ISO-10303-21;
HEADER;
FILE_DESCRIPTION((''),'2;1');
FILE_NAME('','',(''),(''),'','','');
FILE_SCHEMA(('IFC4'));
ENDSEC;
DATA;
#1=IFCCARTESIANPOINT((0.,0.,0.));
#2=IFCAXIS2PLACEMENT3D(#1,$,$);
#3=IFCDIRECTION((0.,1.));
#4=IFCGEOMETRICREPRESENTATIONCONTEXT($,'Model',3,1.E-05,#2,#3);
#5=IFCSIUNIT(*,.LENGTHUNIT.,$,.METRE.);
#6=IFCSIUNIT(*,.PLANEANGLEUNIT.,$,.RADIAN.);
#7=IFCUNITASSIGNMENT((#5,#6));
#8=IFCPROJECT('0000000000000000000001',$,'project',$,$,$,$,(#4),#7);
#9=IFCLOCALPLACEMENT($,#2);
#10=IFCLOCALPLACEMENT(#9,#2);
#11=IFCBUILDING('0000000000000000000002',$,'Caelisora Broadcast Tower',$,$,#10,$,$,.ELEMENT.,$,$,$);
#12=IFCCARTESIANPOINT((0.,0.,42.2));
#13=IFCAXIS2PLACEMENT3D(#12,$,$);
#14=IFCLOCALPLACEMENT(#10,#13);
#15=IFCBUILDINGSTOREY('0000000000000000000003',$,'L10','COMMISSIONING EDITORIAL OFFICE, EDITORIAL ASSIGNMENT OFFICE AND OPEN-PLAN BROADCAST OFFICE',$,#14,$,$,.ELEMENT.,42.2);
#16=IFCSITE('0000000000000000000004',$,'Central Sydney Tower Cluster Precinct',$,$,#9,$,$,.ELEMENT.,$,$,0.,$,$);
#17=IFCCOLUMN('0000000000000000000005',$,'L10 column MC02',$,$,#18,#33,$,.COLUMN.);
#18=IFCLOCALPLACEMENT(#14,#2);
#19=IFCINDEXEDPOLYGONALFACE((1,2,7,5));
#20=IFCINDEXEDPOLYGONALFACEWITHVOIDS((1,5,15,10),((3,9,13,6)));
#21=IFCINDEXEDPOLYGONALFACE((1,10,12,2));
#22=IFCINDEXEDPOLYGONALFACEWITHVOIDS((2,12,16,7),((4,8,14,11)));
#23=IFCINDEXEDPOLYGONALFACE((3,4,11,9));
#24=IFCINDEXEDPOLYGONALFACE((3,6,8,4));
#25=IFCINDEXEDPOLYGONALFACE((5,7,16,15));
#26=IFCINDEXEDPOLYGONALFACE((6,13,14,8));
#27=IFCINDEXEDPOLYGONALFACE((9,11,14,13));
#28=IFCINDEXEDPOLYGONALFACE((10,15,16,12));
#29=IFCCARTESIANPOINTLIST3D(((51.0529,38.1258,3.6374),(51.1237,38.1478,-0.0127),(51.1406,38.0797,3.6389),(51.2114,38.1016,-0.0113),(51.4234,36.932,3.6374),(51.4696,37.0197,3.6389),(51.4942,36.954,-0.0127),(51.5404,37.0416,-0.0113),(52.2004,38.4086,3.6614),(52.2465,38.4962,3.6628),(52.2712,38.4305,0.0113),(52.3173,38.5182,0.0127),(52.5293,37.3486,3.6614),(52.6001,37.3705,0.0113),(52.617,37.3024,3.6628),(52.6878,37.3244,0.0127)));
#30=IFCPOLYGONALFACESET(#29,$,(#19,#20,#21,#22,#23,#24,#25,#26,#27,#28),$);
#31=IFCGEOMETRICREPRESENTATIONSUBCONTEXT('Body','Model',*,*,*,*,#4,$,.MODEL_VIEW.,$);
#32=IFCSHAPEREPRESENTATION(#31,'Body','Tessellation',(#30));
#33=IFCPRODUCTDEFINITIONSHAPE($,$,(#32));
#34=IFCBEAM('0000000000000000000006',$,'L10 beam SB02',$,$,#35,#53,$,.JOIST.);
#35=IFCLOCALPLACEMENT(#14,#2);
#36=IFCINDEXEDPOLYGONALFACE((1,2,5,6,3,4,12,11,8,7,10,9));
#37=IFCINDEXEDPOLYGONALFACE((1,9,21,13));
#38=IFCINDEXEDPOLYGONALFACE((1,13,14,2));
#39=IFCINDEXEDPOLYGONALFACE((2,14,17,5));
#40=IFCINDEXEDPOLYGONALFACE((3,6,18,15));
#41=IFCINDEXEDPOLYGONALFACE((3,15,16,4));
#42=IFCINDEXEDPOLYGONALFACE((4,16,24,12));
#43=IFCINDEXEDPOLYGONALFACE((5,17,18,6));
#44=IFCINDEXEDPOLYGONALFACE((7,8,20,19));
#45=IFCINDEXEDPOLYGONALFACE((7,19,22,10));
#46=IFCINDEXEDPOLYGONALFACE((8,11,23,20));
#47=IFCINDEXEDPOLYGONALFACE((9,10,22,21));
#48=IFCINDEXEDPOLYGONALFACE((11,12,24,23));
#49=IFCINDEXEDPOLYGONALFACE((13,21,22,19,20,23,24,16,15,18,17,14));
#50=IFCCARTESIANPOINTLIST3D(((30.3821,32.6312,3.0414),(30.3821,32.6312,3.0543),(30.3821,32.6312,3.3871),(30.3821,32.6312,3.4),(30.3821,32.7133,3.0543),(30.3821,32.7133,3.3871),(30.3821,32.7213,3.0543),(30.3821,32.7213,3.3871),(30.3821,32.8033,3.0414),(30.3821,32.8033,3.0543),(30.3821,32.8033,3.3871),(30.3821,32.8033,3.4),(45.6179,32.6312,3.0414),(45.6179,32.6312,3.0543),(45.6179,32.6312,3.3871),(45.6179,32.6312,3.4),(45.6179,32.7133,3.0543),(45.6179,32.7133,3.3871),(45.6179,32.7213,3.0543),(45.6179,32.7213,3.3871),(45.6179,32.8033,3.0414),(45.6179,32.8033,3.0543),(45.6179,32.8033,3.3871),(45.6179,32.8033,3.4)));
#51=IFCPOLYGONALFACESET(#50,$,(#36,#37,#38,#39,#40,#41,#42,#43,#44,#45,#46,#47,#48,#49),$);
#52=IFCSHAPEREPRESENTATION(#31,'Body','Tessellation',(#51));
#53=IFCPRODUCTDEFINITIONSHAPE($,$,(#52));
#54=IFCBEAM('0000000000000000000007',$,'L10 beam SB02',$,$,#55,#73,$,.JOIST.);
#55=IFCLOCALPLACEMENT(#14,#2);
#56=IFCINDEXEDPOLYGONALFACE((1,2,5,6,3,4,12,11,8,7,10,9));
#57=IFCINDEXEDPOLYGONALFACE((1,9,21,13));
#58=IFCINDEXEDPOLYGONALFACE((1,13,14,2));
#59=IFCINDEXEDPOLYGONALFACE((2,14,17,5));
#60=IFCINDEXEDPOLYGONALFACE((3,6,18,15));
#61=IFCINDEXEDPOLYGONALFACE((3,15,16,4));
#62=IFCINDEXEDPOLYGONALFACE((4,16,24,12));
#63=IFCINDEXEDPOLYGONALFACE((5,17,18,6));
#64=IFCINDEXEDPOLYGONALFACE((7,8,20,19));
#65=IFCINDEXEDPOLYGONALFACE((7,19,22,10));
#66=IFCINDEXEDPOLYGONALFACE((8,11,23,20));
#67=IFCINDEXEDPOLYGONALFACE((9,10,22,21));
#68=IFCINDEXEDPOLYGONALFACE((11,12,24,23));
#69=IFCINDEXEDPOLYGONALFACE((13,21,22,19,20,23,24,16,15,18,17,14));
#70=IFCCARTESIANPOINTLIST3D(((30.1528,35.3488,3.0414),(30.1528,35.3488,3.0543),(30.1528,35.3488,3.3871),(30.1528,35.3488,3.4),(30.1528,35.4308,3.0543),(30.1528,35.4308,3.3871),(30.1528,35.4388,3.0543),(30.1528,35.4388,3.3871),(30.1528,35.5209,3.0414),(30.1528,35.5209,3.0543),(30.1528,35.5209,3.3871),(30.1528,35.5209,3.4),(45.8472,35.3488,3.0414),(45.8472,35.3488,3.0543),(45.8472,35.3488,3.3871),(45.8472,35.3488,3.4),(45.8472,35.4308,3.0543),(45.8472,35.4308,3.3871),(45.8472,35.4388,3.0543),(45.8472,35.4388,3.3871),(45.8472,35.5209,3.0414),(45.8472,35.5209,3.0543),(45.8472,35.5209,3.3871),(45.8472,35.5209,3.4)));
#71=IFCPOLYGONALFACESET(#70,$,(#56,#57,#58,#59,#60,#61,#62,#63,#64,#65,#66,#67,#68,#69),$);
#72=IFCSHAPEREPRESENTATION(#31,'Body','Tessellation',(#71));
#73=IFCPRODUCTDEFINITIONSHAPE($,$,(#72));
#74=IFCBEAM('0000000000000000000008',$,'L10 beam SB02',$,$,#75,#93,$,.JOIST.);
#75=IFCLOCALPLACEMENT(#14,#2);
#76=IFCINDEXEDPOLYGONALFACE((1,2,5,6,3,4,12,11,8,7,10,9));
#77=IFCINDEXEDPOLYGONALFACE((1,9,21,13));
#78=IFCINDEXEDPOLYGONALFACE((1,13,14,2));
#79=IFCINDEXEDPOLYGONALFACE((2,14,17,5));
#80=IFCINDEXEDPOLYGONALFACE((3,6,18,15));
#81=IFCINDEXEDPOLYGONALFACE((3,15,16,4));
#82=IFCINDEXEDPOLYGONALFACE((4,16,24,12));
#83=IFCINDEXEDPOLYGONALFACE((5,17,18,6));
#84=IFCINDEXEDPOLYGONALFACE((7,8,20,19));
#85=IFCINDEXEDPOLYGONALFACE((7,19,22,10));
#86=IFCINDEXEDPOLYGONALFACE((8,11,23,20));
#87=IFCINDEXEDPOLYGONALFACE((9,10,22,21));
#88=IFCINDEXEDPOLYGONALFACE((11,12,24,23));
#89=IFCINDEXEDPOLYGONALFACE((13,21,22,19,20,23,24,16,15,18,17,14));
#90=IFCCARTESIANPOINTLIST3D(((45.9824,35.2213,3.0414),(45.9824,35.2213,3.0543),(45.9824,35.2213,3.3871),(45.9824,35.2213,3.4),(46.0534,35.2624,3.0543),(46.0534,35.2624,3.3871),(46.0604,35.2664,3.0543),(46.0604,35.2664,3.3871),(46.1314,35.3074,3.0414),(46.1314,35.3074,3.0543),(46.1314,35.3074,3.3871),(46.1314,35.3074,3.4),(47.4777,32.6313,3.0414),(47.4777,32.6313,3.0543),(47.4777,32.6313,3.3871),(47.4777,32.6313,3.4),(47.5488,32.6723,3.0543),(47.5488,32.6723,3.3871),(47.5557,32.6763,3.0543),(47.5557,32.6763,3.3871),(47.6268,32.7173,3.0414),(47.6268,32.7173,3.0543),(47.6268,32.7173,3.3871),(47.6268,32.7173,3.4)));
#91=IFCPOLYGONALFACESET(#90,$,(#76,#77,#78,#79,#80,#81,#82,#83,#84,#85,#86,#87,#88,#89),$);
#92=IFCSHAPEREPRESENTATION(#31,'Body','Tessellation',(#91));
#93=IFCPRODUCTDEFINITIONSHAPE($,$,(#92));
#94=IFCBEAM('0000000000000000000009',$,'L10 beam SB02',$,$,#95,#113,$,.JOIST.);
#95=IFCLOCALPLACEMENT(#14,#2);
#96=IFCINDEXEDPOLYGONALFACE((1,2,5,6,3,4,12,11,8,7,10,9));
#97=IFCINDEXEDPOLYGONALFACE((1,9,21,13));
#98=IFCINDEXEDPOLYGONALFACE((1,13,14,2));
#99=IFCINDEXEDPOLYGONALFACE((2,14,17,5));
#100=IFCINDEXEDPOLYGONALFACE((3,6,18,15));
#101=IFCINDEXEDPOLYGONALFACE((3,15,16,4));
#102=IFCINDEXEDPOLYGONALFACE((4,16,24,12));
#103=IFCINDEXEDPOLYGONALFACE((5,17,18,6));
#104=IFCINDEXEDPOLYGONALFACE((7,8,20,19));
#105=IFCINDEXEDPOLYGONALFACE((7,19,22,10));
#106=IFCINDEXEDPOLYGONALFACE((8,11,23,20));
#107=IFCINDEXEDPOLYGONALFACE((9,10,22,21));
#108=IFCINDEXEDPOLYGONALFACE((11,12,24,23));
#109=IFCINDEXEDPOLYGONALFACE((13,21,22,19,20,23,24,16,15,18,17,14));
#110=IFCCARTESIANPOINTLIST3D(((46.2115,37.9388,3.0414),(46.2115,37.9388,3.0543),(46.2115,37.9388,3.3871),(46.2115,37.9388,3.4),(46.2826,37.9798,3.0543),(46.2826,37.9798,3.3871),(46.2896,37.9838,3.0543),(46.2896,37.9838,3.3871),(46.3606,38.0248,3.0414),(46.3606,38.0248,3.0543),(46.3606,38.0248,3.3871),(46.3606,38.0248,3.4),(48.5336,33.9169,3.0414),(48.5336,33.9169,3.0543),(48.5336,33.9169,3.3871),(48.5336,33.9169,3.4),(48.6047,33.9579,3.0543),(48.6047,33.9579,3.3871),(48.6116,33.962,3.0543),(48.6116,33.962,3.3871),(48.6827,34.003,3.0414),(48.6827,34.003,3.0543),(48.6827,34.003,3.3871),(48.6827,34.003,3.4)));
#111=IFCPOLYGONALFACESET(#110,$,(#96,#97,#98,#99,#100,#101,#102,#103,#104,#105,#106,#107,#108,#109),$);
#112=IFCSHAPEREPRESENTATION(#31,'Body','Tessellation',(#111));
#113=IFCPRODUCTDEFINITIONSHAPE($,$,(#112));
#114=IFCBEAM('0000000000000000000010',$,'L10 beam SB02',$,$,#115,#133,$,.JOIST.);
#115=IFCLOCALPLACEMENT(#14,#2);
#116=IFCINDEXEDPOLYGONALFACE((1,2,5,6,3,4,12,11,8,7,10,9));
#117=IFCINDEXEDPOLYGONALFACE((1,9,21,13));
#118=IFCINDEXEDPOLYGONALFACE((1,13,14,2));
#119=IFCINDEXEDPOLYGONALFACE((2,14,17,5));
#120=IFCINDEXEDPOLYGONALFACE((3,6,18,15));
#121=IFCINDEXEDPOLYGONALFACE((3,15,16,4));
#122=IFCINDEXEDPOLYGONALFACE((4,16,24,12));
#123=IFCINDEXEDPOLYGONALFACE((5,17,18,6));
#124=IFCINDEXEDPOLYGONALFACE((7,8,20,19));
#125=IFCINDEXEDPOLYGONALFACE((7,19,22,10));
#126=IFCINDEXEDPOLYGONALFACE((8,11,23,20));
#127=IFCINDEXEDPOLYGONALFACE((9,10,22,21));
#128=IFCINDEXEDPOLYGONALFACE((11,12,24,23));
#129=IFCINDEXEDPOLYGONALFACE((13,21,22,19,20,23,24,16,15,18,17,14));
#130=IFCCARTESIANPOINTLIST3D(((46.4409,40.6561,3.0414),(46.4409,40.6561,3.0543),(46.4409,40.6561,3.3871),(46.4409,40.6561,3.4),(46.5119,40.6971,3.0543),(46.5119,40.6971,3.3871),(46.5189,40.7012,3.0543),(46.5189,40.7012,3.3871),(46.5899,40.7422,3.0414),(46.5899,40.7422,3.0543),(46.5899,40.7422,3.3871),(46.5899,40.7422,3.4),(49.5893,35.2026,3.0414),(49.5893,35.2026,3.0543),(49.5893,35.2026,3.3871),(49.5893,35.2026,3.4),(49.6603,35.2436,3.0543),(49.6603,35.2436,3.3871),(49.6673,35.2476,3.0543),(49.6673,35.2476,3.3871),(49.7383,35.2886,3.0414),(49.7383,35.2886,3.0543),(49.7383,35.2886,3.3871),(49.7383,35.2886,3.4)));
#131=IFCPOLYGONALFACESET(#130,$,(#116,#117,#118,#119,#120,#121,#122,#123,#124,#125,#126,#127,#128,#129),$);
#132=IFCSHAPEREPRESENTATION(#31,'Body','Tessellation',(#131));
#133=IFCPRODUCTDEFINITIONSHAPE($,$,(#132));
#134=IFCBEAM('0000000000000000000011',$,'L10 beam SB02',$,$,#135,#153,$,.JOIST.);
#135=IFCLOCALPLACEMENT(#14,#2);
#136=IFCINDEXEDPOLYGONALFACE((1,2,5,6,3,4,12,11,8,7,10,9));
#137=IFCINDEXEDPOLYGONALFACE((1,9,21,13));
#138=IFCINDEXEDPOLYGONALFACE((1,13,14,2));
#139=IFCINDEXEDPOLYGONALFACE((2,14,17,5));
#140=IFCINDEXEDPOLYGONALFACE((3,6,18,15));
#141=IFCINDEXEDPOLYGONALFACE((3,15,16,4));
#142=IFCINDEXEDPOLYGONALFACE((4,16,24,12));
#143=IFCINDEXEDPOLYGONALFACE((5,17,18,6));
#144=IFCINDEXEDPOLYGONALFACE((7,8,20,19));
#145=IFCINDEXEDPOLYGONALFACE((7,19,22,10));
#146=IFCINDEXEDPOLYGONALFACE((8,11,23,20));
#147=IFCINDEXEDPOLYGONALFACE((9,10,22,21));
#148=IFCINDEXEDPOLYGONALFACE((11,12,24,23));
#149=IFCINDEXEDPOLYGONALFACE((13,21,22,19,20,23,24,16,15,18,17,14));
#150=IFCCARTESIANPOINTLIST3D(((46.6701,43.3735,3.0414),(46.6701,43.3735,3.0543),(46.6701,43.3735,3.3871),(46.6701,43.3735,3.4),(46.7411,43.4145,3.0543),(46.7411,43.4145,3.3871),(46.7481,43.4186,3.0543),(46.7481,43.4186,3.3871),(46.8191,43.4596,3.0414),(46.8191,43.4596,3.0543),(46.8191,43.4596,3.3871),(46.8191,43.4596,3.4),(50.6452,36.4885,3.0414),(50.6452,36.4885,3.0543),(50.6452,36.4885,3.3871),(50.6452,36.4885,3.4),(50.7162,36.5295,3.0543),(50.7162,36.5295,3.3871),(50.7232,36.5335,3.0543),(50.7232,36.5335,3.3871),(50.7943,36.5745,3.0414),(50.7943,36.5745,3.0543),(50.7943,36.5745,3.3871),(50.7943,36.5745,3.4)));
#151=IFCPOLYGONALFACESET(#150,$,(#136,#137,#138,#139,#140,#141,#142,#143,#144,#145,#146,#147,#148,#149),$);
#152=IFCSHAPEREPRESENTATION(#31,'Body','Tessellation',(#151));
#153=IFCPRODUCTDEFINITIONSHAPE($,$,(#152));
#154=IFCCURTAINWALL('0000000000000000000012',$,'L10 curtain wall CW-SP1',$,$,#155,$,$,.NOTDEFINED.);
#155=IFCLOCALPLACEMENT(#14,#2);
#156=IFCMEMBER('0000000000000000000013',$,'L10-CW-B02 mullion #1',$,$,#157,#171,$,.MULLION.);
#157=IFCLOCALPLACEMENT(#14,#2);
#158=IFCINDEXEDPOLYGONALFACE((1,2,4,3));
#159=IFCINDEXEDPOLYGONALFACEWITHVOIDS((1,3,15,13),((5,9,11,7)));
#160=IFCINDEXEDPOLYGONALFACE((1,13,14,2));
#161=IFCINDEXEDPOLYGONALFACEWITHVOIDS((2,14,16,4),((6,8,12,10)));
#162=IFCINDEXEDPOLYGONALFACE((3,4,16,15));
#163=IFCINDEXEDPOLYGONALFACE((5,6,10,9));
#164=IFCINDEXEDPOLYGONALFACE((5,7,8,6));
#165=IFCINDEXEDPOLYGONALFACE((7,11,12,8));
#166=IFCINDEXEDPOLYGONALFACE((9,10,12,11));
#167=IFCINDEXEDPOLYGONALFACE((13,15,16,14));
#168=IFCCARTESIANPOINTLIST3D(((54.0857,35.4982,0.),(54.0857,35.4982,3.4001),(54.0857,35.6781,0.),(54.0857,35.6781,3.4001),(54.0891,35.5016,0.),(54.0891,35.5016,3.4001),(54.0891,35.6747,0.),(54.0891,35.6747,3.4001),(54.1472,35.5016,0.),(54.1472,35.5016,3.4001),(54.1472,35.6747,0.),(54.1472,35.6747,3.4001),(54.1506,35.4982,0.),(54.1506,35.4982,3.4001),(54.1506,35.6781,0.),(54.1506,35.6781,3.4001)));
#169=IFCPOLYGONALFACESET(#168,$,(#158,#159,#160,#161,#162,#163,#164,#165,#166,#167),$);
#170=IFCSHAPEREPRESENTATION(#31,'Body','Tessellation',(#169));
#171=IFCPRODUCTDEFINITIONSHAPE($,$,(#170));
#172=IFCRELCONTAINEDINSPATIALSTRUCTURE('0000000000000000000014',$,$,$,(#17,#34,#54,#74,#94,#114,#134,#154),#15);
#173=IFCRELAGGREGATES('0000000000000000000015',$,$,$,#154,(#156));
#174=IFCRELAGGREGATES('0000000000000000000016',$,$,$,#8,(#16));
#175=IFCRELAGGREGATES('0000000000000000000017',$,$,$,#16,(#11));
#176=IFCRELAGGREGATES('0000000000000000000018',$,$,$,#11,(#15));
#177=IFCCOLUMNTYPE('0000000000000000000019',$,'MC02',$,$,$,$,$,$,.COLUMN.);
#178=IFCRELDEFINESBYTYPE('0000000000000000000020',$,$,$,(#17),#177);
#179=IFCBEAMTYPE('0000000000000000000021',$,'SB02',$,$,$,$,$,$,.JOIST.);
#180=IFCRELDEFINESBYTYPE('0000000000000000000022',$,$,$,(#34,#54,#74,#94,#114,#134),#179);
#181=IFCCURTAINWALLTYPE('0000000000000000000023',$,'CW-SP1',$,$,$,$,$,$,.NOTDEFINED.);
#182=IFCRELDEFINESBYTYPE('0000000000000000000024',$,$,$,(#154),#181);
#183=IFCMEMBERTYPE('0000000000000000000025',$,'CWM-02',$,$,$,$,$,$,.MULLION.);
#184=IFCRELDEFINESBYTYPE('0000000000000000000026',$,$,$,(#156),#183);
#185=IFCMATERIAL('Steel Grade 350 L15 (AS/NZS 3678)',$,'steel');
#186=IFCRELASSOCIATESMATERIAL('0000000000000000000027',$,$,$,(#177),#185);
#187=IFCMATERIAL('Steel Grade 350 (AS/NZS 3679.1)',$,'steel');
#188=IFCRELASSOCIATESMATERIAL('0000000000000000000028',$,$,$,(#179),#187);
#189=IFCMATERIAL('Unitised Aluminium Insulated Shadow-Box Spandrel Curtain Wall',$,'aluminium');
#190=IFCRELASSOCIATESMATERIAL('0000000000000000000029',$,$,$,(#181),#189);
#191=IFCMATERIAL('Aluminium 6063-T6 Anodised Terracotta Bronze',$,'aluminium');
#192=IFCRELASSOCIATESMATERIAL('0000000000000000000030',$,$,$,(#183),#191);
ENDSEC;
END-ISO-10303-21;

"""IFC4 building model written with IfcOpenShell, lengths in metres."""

from ifc_helpers import new_model, si_unit, direction, frame, origin, origin_2d, place, context, subcontext, project, spatial, hollow_rectangle, i_section, extrude, source, transform, mapped, material, material_profile, profile_set, type_object, type_shapes, element, aggregate, save


model = new_model("IFC4")

# Units and contexts
model_context = context("Model", 3, precision=1e-05, world=origin(), true_north=direction((0.0, 1.0)))
body_context = subcontext(model_context, "Body", "Model", "MODEL_VIEW")
ifc_project = project(units=[si_unit("LENGTHUNIT", "METRE"), si_unit("PLANEANGLEUNIT", "RADIAN")], contexts=[model_context])

# Site, building, storey
site_placement = place(None, origin())
site = spatial("IfcSite", under=ifc_project, at=site_placement, Name="Central Sydney Tower Cluster Precinct", CompositionType="ELEMENT", RefElevation=0.0)
building_placement = place(site_placement, origin())
building = spatial("IfcBuilding", under=site, at=building_placement, Name="Caelisora Broadcast Tower", CompositionType="ELEMENT")
storey_placement = place(building_placement, frame((0.0, 0.0, 42.2)))
storey = spatial("IfcBuildingStorey", under=building, at=storey_placement, Name="L10", Description="COMMISSIONING EDITORIAL OFFICE, EDITORIAL ASSIGNMENT OFFICE AND OPEN-PLAN BROADCAST OFFICE", CompositionType="ELEMENT", Elevation=42.2)

# Column
ifc_material_1 = material(Name="Steel Grade 350 L15 (AS/NZS 3678)", Category="steel")
ifc_material_profile_1 = material_profile(ifc_material_1, hollow_rectangle(XDim=1.25, YDim=1.25, WallThickness=0.0701, at=origin_2d()), Name="Steel Grade 350 L15 (AS/NZS 3678)")
ifc_profile_set_1 = profile_set([ifc_material_profile_1], Name="Steel Grade 350 L15 (AS/NZS 3678)")
column_type = type_object("IfcColumnType", Name="MC02", PredefinedType="COLUMN", material=ifc_profile_set_1)
shared_shape_1 = source(origin(), body_context, "Body", "SweptSolid", [
    extrude(hollow_rectangle(XDim=1.25, YDim=1.25, WallThickness=0.0701, at=origin_2d()), origin(), (0.0, 0.0, 1.0), 3.6509),
])
type_shapes(column_type, [shared_shape_1])
column_placement = place(storey_placement, frame((51.9058, 37.7361, 0.0), z_axis=(-0.019393, -0.006018, 0.999794), x_axis=(0.296399, -0.955064, 0.0)))
element("IfcColumn", 1, at=column_placement, inside=storey, type_object=column_type, Name="L10 column MC02", PredefinedType="COLUMN", context=body_context, shape_type="MappedRepresentation", body=[
    mapped(shared_shape_1, transform((0.0, 0.0, 0.0), scale=1.0)),
])

# Beams
ifc_material_2 = material(Name="Steel Grade 350 (AS/NZS 3679.1)", Category="steel")
ifc_material_profile_2 = material_profile(ifc_material_2, i_section(OverallWidth=0.1721, OverallDepth=0.3586, WebThickness=0.0081, FlangeThickness=0.0129, at=origin_2d()), Name="Steel Grade 350 (AS/NZS 3679.1)")
ifc_profile_set_2 = profile_set([ifc_material_profile_2], Name="Steel Grade 350 (AS/NZS 3679.1)")
beam_type = type_object("IfcBeamType", Name="SB02", PredefinedType="JOIST", material=ifc_profile_set_2)
shared_shape_2 = source(origin(), body_context, "Body", "SweptSolid", [
    extrude(i_section(OverallWidth=0.1721, OverallDepth=0.3586, WebThickness=0.0081, FlangeThickness=0.0129, at=origin_2d()), origin(), (0.0, 0.0, 1.0), 15.2358),
])
beam_1_placement = place(storey_placement, frame((45.6179, 32.7173, 3.2207), z_axis=(-1.0, 0.0, 0.0), x_axis=(0.0, -1.0, 0.0)))
element("IfcBeam", 2, at=beam_1_placement, inside=storey, type_object=beam_type, Name="L10 beam SB02", PredefinedType="JOIST", context=body_context, shape_type="MappedRepresentation", body=[
    mapped(shared_shape_2, transform((0.0, 0.0, 0.0), scale=1.0)),
])
shared_shape_3 = source(origin(), body_context, "Body", "SweptSolid", [
    extrude(i_section(OverallWidth=0.1721, OverallDepth=0.3586, WebThickness=0.0081, FlangeThickness=0.0129, at=origin_2d()), origin(), (0.0, 0.0, 1.0), 15.6943),
])
beam_2_placement = place(storey_placement, frame((45.8472, 35.4348, 3.2207), z_axis=(-1.0, 0.0, 0.0), x_axis=(0.0, -1.0, 0.0)))
element("IfcBeam", 3, at=beam_2_placement, inside=storey, type_object=beam_type, Name="L10 beam SB02", PredefinedType="JOIST", context=body_context, shape_type="MappedRepresentation", body=[
    mapped(shared_shape_3, transform((0.0, 0.0, 0.0), scale=1.0)),
])
shared_shape_4 = source(origin(), body_context, "Body", "SweptSolid", [
    extrude(i_section(OverallWidth=0.1721, OverallDepth=0.3586, WebThickness=0.0081, FlangeThickness=0.0129, at=origin_2d()), origin(), (0.0, 0.0, 1.0), 2.9907),
])
beam_3_placement = place(storey_placement, frame((47.5522, 32.6743, 3.2207), z_axis=(-0.499993, 0.866029, 0.0), x_axis=(-0.866029, -0.499993, 0.0)))
element("IfcBeam", 4, at=beam_3_placement, inside=storey, type_object=beam_type, Name="L10 beam SB02", PredefinedType="JOIST", context=body_context, shape_type="MappedRepresentation", body=[
    mapped(shared_shape_4, transform((0.0, 0.0, 0.0), scale=1.0)),
])
shared_shape_5 = source(origin(), body_context, "Body", "SweptSolid", [
    extrude(i_section(OverallWidth=0.1721, OverallDepth=0.3586, WebThickness=0.0081, FlangeThickness=0.0129, at=origin_2d()), origin(), (0.0, 0.0, 1.0), 4.644),
])
beam_4_placement = place(storey_placement, frame((48.6082, 33.96, 3.2207), z_axis=(-0.500012, 0.866018, 0.0), x_axis=(-0.866018, -0.500012, 0.0)))
element("IfcBeam", 5, at=beam_4_placement, inside=storey, type_object=beam_type, Name="L10 beam SB02", PredefinedType="JOIST", context=body_context, shape_type="MappedRepresentation", body=[
    mapped(shared_shape_5, transform((0.0, 0.0, 0.0), scale=1.0)),
])
shared_shape_6 = source(origin(), body_context, "Body", "SweptSolid", [
    extrude(i_section(OverallWidth=0.1721, OverallDepth=0.3586, WebThickness=0.0081, FlangeThickness=0.0129, at=origin_2d()), origin(), (0.0, 0.0, 1.0), 6.2971),
])
beam_5_placement = place(storey_placement, frame((49.6638, 35.2456, 3.2207), z_axis=(-0.499975, 0.86604, 0.0), x_axis=(-0.86604, -0.499975, 0.0)))
element("IfcBeam", 6, at=beam_5_placement, inside=storey, type_object=beam_type, Name="L10 beam SB02", PredefinedType="JOIST", context=body_context, shape_type="MappedRepresentation", body=[
    mapped(shared_shape_6, transform((0.0, 0.0, 0.0), scale=1.0)),
])
shared_shape_7 = source(origin(), body_context, "Body", "SweptSolid", [
    extrude(i_section(OverallWidth=0.1721, OverallDepth=0.3586, WebThickness=0.0081, FlangeThickness=0.0129, at=origin_2d()), origin(), (0.0, 0.0, 1.0), 7.9502),
])
type_shapes(beam_type, [shared_shape_2, shared_shape_3, shared_shape_4, shared_shape_5, shared_shape_6, shared_shape_7])
beam_6_placement = place(storey_placement, frame((50.7197, 36.5315, 3.2207), z_axis=(-0.500003, 0.866023, 0.0), x_axis=(-0.866023, -0.500003, 0.0)))
element("IfcBeam", 7, at=beam_6_placement, inside=storey, type_object=beam_type, Name="L10 beam SB02", PredefinedType="JOIST", context=body_context, shape_type="MappedRepresentation", body=[
    mapped(shared_shape_7, transform((0.0, 0.0, 0.0), scale=1.0)),
])

# Curtain wall, member
ifc_material_3 = material(Name="Unitised Aluminium Insulated Shadow-Box Spandrel Curtain Wall", Category="aluminium")
curtain_wall_type = type_object("IfcCurtainWallType", Name="CW-SP1", PredefinedType="NOTDEFINED", material=ifc_material_3)
curtain_wall_placement = place(storey_placement, origin())
curtain_wall = element("IfcCurtainWall", 8, at=curtain_wall_placement, inside=storey, type_object=curtain_wall_type, Name="L10 curtain wall CW-SP1", PredefinedType="NOTDEFINED")
ifc_material_4 = material(Name="Aluminium 6063-T6 Anodised Terracotta Bronze", Category="aluminium")
ifc_material_profile_3 = material_profile(ifc_material_4, hollow_rectangle(XDim=0.0649, YDim=0.1799, WallThickness=0.0034, at=origin_2d()), Name="Aluminium 6063-T6 Anodised Terracotta Bronze")
ifc_profile_set_3 = profile_set([ifc_material_profile_3], Name="Aluminium 6063-T6 Anodised Terracotta Bronze")
member_type = type_object("IfcMemberType", Name="CWM-02", PredefinedType="MULLION", material=ifc_profile_set_3)
shared_shape_8 = source(origin(), body_context, "Body", "SweptSolid", [
    extrude(hollow_rectangle(XDim=0.0649, YDim=0.1799, WallThickness=0.0034, at=origin_2d()), origin(), (0.0, 0.0, 1.0), 3.4001),
])
type_shapes(member_type, [shared_shape_8])
member_1_placement = place(storey_placement, frame((54.1182, 35.5881, 0.0), z_axis=(0.0, 0.0, 1.0), x_axis=(1.0, 0.0, 0.0)))
member_1 = element("IfcMember", 9, at=member_1_placement, type_object=member_type, Name="L10-CW-B02 mullion #1", PredefinedType="MULLION", context=body_context, shape_type="MappedRepresentation", body=[
    mapped(shared_shape_8, transform((0.0, 0.0, 0.0), scale=1.0)),
])

aggregate(curtain_wall, [member_1])

save(model, "model.ifc")
